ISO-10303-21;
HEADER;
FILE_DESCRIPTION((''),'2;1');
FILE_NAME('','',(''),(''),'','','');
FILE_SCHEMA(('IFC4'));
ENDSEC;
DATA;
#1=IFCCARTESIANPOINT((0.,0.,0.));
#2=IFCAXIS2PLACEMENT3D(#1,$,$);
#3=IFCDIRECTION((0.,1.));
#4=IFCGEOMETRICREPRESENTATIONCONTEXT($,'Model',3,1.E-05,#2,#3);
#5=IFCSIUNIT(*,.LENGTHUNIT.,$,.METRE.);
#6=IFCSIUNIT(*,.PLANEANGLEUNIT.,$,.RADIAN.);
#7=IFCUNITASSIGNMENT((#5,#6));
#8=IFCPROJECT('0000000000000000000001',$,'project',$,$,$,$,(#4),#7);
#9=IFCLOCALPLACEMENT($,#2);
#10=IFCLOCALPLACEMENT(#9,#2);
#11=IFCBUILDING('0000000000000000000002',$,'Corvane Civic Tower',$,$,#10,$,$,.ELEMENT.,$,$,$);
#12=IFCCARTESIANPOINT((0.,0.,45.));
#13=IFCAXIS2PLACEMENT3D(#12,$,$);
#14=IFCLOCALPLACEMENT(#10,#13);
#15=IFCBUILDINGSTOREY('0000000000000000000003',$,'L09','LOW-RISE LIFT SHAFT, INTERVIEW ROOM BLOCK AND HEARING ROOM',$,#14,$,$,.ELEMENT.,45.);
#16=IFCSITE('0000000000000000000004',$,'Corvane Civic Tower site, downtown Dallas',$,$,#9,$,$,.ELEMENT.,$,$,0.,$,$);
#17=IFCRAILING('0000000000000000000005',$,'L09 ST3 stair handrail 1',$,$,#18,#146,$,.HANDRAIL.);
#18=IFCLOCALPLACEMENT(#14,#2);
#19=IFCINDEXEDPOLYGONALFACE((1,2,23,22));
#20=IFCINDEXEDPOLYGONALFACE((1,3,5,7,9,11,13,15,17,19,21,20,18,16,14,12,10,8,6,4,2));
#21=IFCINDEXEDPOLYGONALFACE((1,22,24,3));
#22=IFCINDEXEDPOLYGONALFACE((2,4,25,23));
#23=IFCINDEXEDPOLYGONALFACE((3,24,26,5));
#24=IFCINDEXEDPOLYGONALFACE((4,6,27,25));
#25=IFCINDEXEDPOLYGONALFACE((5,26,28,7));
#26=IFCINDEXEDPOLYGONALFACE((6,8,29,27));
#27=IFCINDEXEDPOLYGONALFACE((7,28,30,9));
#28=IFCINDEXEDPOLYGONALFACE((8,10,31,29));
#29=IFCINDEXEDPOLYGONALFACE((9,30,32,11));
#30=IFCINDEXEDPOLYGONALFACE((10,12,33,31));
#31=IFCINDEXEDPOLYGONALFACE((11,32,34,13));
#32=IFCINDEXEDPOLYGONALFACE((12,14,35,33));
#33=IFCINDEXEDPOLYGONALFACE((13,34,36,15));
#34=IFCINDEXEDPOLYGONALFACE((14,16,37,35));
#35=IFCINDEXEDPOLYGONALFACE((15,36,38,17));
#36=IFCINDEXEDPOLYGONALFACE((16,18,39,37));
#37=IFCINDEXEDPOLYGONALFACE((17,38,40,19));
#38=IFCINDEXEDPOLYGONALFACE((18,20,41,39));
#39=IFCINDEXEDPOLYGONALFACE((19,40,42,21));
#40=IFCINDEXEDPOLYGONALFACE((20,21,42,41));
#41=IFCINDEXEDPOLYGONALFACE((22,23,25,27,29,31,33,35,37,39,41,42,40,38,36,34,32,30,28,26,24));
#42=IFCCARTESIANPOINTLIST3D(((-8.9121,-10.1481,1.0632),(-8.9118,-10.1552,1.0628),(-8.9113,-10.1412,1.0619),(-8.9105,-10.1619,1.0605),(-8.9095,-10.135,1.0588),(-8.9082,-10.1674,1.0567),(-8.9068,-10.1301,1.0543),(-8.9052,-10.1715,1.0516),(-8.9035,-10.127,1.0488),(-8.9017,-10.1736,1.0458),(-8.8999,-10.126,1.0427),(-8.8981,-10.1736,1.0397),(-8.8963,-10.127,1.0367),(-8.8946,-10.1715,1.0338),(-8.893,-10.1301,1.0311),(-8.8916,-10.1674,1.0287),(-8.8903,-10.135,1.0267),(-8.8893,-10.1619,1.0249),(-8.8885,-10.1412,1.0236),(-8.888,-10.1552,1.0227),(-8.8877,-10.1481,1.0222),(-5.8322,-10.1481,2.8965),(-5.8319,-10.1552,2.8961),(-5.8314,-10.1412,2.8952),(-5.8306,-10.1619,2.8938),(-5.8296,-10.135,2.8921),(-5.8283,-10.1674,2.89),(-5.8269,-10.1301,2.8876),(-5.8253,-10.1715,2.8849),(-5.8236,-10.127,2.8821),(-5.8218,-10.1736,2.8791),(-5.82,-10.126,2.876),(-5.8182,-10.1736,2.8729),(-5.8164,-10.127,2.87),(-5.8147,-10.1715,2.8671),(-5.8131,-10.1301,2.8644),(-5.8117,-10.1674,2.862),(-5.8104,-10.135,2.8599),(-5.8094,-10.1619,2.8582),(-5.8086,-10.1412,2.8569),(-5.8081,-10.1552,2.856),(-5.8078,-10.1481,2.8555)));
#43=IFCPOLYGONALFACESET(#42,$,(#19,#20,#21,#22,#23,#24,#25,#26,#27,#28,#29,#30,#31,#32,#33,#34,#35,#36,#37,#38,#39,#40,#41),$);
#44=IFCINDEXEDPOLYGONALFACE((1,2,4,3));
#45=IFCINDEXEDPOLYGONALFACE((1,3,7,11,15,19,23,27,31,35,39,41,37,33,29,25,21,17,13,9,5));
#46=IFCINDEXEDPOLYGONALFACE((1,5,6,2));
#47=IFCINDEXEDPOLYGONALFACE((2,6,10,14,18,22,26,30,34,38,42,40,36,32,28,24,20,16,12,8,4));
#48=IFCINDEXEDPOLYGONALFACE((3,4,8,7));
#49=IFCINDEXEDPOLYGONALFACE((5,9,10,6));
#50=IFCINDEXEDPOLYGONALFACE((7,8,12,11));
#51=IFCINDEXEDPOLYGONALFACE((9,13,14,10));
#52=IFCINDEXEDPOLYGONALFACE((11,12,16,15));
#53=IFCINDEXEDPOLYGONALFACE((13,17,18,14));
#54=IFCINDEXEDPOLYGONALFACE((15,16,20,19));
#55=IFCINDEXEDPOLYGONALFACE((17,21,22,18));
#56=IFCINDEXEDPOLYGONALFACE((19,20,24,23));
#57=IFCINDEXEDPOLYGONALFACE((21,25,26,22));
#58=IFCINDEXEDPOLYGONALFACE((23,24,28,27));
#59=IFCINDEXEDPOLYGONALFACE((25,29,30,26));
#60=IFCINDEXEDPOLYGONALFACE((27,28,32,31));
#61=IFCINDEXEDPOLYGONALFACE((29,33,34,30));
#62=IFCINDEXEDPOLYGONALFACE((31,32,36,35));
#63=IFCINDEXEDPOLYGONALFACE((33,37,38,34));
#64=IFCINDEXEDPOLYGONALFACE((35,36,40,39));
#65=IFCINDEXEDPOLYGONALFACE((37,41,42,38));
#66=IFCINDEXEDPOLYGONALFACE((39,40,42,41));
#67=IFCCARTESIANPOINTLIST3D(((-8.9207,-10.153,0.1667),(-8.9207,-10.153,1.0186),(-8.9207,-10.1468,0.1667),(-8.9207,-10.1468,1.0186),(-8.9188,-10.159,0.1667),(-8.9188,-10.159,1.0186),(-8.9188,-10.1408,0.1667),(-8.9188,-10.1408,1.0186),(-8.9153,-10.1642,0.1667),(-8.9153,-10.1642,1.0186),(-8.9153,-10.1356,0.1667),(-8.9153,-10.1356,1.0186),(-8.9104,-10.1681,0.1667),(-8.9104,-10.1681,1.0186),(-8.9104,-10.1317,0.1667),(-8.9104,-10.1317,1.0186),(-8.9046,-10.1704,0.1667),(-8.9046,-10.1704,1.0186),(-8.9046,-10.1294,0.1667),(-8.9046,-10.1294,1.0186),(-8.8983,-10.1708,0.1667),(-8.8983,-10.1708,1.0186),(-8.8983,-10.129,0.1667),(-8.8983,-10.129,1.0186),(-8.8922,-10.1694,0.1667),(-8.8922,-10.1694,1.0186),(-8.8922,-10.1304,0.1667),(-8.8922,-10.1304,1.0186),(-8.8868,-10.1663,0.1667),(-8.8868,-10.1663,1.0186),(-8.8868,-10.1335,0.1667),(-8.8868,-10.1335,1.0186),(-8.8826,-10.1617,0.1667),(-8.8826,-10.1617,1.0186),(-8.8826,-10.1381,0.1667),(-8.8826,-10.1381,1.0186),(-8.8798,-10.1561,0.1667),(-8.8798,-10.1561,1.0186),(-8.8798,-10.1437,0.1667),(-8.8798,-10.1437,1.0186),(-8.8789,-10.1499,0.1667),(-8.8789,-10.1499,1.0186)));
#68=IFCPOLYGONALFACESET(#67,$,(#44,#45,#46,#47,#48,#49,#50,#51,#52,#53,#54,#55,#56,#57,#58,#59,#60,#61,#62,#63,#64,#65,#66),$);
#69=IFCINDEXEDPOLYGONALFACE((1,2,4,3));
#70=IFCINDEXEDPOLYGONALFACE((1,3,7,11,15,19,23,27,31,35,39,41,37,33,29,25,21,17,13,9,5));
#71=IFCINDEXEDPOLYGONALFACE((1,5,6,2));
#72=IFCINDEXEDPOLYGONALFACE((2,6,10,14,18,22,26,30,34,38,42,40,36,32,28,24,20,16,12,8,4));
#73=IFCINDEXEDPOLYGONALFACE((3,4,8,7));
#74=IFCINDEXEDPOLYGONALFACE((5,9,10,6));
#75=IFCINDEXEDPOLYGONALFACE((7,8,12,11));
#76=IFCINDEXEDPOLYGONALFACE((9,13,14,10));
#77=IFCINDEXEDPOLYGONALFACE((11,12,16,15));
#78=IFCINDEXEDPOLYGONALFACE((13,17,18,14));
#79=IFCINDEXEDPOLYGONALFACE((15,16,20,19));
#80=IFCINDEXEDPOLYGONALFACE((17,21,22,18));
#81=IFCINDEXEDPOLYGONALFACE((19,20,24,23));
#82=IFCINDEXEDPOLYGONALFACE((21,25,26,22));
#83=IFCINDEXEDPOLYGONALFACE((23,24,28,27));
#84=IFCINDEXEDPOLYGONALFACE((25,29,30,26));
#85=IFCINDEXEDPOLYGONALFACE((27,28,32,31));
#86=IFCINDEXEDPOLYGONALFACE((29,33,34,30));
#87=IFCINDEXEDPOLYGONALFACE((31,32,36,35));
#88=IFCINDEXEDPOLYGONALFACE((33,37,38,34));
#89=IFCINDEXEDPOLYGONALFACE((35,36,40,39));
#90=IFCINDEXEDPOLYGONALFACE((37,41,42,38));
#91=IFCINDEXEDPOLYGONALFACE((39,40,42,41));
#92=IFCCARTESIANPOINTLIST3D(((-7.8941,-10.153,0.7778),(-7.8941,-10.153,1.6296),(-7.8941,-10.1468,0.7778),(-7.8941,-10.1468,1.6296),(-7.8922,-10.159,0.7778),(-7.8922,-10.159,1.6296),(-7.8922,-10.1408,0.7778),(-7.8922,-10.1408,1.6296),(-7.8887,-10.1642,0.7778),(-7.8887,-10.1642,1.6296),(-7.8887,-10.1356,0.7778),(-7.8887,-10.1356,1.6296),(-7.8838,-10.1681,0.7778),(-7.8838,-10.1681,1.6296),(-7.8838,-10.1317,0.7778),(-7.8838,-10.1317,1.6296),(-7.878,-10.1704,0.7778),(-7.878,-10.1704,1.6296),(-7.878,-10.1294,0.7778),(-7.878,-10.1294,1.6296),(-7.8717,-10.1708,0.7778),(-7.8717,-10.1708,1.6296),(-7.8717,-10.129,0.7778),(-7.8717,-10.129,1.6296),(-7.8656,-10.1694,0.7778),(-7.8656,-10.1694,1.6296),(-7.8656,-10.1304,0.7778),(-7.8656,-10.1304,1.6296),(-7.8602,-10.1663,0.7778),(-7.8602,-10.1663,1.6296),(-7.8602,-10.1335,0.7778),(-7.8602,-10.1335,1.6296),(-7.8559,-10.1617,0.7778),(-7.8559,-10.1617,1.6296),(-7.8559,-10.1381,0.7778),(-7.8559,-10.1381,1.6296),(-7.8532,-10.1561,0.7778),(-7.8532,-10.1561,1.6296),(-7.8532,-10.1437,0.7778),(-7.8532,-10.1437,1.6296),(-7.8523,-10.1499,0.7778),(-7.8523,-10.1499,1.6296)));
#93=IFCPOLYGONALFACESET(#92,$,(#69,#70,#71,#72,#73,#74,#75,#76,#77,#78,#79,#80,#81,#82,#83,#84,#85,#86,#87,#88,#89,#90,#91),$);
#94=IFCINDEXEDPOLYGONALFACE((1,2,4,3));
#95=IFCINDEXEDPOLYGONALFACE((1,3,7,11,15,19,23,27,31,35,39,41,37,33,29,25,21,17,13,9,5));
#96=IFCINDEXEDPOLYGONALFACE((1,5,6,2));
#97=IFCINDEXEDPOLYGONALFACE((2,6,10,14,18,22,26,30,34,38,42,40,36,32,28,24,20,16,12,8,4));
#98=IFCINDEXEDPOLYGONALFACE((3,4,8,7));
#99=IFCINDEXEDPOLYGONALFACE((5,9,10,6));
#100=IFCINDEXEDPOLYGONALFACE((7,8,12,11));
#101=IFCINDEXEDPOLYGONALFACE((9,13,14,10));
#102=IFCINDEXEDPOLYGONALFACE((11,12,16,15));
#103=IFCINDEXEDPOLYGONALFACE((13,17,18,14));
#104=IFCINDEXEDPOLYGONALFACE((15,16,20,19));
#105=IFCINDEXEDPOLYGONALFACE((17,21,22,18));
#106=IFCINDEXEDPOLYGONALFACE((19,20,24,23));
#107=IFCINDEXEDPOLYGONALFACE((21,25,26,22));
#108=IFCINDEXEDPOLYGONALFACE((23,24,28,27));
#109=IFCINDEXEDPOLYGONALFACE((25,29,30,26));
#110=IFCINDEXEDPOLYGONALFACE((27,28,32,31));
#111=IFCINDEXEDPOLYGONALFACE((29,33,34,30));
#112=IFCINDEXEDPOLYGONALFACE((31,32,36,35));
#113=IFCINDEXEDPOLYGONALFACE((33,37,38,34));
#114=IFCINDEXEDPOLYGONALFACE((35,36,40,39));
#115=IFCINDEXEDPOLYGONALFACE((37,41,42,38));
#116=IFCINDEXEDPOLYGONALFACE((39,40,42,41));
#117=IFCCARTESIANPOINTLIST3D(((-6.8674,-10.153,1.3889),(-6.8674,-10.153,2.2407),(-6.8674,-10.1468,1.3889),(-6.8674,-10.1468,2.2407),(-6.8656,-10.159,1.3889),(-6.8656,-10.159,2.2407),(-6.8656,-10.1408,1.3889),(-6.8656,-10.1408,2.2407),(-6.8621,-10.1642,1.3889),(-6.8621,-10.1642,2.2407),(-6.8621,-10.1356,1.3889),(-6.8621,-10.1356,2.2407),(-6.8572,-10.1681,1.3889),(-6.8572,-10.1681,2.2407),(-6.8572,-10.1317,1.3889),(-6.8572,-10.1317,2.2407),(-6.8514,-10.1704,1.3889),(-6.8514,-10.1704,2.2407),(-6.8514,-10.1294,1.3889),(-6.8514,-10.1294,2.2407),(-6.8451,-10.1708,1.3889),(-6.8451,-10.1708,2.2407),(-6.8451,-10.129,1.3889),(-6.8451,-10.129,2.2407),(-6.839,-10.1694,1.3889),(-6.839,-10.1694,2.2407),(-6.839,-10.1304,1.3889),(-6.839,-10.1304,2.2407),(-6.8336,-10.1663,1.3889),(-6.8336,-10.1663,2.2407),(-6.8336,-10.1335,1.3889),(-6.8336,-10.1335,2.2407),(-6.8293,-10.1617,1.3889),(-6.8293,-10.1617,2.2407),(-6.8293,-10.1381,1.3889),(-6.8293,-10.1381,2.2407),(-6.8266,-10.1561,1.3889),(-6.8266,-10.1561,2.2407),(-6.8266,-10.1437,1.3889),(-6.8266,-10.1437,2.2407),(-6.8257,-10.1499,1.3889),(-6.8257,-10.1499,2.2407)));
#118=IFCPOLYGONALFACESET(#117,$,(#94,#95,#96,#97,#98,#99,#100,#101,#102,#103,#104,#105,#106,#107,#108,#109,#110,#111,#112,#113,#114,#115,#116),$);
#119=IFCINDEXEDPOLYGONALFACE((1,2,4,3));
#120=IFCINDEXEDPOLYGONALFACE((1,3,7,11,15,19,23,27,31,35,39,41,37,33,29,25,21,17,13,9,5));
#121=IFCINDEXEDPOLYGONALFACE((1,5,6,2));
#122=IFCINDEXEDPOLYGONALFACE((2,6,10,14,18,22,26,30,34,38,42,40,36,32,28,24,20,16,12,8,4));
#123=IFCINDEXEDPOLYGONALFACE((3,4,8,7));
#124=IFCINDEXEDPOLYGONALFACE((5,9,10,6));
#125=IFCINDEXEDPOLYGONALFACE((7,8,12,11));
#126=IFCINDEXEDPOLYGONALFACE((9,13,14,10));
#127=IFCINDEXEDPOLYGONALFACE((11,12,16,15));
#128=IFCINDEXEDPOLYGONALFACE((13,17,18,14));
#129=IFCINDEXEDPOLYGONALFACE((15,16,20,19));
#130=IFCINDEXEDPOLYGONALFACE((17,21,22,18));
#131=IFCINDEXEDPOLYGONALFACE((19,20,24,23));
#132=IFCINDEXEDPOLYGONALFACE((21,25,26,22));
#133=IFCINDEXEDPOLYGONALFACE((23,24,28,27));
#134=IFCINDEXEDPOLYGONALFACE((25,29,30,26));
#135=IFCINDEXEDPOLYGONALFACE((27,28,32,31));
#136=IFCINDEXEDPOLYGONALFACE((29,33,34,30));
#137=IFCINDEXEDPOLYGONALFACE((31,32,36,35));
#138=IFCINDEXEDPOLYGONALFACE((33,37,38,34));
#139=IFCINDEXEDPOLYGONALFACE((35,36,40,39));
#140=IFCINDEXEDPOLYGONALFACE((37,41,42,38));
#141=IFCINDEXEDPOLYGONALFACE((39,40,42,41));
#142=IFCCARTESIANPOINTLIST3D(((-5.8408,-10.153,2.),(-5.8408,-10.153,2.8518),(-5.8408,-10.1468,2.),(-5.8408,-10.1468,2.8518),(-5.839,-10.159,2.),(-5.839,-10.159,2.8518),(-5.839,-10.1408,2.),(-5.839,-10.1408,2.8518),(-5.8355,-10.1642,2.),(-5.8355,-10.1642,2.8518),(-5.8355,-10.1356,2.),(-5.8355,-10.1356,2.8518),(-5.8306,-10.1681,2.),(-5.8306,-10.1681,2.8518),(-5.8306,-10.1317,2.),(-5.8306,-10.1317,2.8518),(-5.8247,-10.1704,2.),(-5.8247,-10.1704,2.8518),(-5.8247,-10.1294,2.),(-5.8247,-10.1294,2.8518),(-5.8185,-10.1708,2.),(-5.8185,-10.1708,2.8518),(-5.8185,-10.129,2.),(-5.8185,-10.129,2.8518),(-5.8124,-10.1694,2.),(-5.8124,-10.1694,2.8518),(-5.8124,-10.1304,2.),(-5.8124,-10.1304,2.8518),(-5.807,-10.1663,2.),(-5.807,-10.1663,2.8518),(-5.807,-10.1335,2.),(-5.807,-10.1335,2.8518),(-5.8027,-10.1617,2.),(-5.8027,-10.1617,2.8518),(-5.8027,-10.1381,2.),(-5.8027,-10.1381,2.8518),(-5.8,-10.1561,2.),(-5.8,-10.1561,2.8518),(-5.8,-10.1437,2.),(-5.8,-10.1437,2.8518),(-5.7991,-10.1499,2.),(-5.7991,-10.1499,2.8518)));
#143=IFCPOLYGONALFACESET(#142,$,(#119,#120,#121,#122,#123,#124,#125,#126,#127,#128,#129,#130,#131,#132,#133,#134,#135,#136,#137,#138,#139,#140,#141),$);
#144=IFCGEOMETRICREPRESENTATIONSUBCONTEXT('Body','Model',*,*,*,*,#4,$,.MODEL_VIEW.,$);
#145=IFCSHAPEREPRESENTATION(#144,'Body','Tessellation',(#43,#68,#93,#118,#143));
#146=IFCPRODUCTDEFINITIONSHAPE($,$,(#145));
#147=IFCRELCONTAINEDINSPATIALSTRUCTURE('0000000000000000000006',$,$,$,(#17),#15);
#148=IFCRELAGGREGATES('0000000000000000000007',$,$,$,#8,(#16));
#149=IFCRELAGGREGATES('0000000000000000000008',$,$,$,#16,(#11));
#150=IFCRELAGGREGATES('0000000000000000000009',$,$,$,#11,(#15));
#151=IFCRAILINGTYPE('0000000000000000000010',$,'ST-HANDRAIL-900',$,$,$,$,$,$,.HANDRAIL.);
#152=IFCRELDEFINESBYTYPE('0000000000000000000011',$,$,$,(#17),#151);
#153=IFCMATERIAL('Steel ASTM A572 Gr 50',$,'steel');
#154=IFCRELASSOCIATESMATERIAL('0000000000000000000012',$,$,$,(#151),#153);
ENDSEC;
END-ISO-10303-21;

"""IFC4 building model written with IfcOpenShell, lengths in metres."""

from ifc_helpers import new_model, si_unit, direction, frame, origin, origin_2d, place, context, subcontext, project, spatial, circle, extrude, material, type_object, element, save


model = new_model("IFC4")

# Units and contexts
model_context = context("Model", 3, precision=1e-05, world=origin(), true_north=direction((0.0, 1.0)))
body_context = subcontext(model_context, "Body", "Model", "MODEL_VIEW")
ifc_project = project(units=[si_unit("LENGTHUNIT", "METRE"), si_unit("PLANEANGLEUNIT", "RADIAN")], contexts=[model_context])

# Site, building, storey
site_placement = place(None, origin())
site = spatial("IfcSite", under=ifc_project, at=site_placement, Name="Corvane Civic Tower site, downtown Dallas", CompositionType="ELEMENT", RefElevation=0.0)
building_placement = place(site_placement, origin())
building = spatial("IfcBuilding", under=site, at=building_placement, Name="Corvane Civic Tower", CompositionType="ELEMENT")
storey_placement = place(building_placement, frame((0.0, 0.0, 45.0)))
storey = spatial("IfcBuildingStorey", under=building, at=storey_placement, Name="L09", Description="LOW-RISE LIFT SHAFT, INTERVIEW ROOM BLOCK AND HEARING ROOM", CompositionType="ELEMENT", Elevation=45.0)

# Railing
ifc_material_1 = material(Name="Steel ASTM A572 Gr 50", Category="steel")
railing_type_1 = type_object("IfcRailingType", Name="ST-HANDRAIL-900", PredefinedType="HANDRAIL", material=ifc_material_1)
railing_1_placement = place(storey_placement, frame((-8.8999, -10.1499, 0.1667)))
element("IfcRailing", 1, at=railing_1_placement, inside=storey, type_object=railing_type_1, Name="L09 ST3 stair handrail 1", PredefinedType="HANDRAIL", context=body_context, shape_type="SweptSolid", body=[
    extrude(circle(Radius=0.0239, at=origin_2d()), frame((0.0, 0.0, 0.876), z_axis=(0.859291, 0.0, 0.511487), x_axis=(0.0, 1.0, 0.0)), (0.0, 0.0, 1.0), 3.5842),
    extrude(circle(Radius=0.021, at=origin_2d()), origin(), (0.0, 0.0, 1.0), 0.8518),
    extrude(circle(Radius=0.021, at=origin_2d()), frame((1.0266, 0.0, 0.6111)), (0.0, 0.0, 1.0), 0.8518),
    extrude(circle(Radius=0.021, at=origin_2d()), frame((2.0532, 0.0, 1.2222)), (0.0, 0.0, 1.0), 0.8518),
    extrude(circle(Radius=0.021, at=origin_2d()), frame((3.0798, 0.0, 1.8333)), (0.0, 0.0, 1.0), 0.8518),
])

save(model, "model.ifc")
